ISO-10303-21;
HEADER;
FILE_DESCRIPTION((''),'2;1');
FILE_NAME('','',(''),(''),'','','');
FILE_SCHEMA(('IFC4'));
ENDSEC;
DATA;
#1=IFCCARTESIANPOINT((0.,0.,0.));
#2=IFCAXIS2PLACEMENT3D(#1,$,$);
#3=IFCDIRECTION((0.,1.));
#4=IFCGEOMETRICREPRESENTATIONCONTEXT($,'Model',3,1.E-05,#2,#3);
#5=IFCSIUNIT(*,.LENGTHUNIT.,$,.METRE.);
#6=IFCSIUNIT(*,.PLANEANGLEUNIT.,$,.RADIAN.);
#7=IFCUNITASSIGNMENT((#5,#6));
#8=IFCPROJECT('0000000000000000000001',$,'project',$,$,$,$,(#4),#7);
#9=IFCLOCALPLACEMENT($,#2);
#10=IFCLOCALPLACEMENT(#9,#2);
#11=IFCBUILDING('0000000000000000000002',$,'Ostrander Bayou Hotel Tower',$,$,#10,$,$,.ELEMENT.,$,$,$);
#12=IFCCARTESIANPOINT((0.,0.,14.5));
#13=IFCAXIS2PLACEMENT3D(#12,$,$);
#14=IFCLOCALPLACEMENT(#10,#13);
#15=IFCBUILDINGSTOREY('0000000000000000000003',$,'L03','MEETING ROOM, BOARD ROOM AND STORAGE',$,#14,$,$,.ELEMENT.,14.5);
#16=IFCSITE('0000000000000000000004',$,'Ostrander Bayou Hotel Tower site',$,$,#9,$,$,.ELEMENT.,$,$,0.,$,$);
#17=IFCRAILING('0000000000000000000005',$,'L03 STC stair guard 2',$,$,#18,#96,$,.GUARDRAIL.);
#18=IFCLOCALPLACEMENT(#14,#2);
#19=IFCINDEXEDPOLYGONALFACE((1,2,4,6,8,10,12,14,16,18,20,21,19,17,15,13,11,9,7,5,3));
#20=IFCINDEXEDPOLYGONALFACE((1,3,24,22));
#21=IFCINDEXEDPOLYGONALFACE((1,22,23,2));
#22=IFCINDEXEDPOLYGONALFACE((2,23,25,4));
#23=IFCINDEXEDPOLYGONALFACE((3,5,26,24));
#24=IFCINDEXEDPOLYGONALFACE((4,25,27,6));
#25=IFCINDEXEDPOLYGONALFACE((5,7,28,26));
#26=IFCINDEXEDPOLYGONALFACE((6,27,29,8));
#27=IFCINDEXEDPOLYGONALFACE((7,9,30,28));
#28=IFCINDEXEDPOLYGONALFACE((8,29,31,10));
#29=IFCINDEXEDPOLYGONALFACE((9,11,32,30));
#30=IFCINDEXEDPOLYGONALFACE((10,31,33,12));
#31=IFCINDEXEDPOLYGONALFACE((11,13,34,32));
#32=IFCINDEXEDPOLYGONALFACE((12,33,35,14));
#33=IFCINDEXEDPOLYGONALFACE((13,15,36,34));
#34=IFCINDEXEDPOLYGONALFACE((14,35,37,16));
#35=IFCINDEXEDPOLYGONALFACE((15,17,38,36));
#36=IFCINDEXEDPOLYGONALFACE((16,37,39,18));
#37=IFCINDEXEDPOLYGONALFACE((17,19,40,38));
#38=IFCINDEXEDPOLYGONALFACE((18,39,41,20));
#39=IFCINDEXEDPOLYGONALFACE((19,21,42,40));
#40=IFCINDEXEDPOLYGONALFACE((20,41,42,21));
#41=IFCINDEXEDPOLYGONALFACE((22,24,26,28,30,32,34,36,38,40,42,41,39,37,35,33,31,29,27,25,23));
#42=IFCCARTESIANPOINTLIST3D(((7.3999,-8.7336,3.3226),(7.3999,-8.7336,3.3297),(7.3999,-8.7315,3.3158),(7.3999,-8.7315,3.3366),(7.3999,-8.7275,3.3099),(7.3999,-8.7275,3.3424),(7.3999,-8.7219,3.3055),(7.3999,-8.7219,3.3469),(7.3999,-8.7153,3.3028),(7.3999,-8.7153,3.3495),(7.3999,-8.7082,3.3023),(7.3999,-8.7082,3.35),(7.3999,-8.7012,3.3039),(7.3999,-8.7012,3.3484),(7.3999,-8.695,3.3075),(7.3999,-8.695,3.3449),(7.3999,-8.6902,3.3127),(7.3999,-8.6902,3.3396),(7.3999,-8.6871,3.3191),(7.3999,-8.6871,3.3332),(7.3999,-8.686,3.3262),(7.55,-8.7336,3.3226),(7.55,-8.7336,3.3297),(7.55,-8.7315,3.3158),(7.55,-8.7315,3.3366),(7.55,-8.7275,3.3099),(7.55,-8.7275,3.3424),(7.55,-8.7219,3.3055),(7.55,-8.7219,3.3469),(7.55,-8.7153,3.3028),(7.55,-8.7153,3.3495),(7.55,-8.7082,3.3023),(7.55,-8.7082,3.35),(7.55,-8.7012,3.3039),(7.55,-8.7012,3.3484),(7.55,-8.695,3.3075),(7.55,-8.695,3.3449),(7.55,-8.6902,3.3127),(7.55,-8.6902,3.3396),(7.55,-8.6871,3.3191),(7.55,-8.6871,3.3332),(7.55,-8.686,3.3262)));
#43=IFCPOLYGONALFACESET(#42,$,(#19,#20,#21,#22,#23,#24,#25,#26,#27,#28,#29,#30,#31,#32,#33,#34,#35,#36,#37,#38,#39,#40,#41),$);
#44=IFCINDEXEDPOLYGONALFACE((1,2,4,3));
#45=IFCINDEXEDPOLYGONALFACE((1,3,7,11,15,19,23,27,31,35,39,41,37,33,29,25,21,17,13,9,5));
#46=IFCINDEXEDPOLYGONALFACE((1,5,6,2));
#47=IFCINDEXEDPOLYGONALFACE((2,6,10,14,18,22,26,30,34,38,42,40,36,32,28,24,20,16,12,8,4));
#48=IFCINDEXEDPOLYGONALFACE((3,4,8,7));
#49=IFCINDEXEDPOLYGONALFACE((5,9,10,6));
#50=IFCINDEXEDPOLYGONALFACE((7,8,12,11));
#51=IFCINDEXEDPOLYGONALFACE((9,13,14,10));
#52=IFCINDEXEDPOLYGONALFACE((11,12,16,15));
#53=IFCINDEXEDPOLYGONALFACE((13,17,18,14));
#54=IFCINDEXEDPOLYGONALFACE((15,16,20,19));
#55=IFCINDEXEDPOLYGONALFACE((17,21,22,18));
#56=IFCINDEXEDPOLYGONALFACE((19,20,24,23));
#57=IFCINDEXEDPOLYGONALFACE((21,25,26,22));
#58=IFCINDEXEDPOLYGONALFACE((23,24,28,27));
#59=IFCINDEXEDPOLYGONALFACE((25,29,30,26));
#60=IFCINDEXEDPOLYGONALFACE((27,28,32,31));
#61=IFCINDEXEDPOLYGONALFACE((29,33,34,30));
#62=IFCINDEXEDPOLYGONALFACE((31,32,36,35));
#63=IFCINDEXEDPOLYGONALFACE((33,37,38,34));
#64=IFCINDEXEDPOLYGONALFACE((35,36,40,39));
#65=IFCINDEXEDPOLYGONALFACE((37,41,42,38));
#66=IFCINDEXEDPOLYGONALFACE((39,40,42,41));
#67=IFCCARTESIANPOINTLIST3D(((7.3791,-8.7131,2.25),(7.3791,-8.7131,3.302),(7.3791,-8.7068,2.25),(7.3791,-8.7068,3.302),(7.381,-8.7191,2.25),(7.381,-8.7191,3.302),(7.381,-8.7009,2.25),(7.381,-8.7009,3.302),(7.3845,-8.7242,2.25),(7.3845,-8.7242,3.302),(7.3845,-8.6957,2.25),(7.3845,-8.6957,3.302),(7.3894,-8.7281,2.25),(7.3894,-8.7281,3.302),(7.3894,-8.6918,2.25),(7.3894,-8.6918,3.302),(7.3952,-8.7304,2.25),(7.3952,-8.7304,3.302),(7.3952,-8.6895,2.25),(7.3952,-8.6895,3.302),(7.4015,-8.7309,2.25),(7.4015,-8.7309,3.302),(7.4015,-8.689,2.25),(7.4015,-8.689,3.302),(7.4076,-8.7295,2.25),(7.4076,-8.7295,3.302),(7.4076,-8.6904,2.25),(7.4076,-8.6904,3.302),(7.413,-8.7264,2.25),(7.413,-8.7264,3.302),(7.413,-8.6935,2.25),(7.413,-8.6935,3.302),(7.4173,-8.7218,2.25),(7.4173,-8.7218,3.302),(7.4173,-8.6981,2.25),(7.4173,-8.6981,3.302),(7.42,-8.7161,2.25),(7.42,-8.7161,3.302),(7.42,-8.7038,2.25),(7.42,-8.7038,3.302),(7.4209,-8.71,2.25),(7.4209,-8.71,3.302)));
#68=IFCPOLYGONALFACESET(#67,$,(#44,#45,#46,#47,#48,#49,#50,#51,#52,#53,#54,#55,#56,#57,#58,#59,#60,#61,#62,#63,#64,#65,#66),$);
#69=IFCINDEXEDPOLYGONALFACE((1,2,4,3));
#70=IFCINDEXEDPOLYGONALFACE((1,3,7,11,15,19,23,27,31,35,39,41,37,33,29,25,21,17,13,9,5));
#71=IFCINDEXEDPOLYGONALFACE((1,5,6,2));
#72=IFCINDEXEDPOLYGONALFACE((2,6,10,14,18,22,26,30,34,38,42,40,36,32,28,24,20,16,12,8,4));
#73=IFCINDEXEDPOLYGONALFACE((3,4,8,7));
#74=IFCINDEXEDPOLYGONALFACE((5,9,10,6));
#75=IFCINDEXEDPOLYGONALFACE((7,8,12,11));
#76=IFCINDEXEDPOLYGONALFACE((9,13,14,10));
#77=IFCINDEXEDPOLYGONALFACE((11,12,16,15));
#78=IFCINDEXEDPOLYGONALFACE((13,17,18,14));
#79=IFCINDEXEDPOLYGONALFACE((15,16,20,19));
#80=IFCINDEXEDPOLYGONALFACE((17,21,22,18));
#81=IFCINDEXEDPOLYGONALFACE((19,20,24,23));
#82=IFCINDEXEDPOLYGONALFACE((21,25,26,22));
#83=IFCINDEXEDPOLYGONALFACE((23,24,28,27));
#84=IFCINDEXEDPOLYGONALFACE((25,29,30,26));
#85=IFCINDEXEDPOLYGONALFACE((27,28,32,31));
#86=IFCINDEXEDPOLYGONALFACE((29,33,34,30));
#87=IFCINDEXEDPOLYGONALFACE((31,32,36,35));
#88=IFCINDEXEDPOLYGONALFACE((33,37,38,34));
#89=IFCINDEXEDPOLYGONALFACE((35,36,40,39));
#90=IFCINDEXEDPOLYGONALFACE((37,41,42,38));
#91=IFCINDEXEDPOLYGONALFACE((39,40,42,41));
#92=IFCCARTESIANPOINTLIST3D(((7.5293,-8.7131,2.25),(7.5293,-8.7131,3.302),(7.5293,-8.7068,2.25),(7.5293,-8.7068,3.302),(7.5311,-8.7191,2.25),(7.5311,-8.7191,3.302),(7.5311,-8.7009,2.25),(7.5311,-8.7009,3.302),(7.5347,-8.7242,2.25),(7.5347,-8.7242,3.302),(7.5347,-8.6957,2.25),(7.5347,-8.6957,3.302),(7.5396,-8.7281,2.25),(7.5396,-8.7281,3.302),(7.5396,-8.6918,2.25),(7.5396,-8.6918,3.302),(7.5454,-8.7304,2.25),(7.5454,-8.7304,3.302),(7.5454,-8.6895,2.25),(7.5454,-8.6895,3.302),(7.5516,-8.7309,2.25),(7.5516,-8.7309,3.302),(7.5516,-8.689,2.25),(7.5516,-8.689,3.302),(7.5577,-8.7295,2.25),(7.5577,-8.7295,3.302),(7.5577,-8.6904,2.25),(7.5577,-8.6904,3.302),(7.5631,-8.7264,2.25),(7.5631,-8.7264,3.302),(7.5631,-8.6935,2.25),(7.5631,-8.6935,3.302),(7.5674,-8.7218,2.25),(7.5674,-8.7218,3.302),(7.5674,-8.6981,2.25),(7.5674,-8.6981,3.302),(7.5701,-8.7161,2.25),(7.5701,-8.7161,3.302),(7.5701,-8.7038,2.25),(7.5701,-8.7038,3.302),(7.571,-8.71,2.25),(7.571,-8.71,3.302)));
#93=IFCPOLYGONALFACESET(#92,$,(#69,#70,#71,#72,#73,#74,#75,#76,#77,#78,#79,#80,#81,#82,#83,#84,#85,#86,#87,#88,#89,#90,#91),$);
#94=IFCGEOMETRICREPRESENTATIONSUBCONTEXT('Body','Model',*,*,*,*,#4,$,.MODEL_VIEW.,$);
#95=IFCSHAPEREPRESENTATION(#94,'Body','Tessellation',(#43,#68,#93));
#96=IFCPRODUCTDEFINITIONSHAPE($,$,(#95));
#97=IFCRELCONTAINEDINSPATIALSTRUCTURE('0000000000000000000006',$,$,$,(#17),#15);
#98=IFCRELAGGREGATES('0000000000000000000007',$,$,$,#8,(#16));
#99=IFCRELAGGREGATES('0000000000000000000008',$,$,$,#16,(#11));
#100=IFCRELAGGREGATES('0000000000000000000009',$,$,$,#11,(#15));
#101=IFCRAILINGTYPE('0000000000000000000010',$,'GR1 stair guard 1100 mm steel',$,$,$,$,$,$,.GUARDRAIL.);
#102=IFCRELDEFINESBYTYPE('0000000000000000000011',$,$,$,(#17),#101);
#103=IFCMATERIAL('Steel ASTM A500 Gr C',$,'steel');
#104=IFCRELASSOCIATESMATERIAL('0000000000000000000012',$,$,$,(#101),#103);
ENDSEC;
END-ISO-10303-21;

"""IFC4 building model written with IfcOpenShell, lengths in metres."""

from ifc_helpers import new_model, si_unit, direction, frame, origin, origin_2d, place, context, subcontext, project, spatial, circle, extrude, material, type_object, element, save


model = new_model("IFC4")

# Units and contexts
model_context = context("Model", 3, precision=1e-05, world=origin(), true_north=direction((0.0, 1.0)))
body_context = subcontext(model_context, "Body", "Model", "MODEL_VIEW")
ifc_project = project(units=[si_unit("LENGTHUNIT", "METRE"), si_unit("PLANEANGLEUNIT", "RADIAN")], contexts=[model_context])

# Site, building, storey
site_placement = place(None, origin())
site = spatial("IfcSite", under=ifc_project, at=site_placement, Name="Ostrander Bayou Hotel Tower site", CompositionType="ELEMENT", RefElevation=0.0)
building_placement = place(site_placement, origin())
building = spatial("IfcBuilding", under=site, at=building_placement, Name="Ostrander Bayou Hotel Tower", CompositionType="ELEMENT")
storey_placement = place(building_placement, frame((0.0, 0.0, 14.5)))
storey = spatial("IfcBuildingStorey", under=building, at=storey_placement, Name="L03", Description="MEETING ROOM, BOARD ROOM AND STORAGE", CompositionType="ELEMENT", Elevation=14.5)

# Railing
ifc_material_1 = material(Name="Steel ASTM A500 Gr C", Category="steel")
railing_type_1 = type_object("IfcRailingType", Name="GR1 stair guard 1100 mm steel", PredefinedType="GUARDRAIL", material=ifc_material_1)
railing_1_placement = place(storey_placement, frame((7.3999, -8.71, 2.25)))
element("IfcRailing", 1, at=railing_1_placement, inside=storey, type_object=railing_type_1, Name="L03 STC stair guard 2", PredefinedType="GUARDRAIL", context=body_context, shape_type="SweptSolid", body=[
    extrude(circle(Radius=0.0239, at=origin_2d()), frame((0.0, 0.0, 1.0762), z_axis=(1.0, 0.0, 0.0), x_axis=(0.0, 1.0, 0.0)), (0.0, 0.0, 1.0), 0.1501),
    extrude(circle(Radius=0.021, at=origin_2d()), origin(), (0.0, 0.0, 1.0), 1.052),
    extrude(circle(Radius=0.021, at=origin_2d()), frame((0.1501, 0.0, 0.0)), (0.0, 0.0, 1.0), 1.052),
])

save(model, "model.ifc")
